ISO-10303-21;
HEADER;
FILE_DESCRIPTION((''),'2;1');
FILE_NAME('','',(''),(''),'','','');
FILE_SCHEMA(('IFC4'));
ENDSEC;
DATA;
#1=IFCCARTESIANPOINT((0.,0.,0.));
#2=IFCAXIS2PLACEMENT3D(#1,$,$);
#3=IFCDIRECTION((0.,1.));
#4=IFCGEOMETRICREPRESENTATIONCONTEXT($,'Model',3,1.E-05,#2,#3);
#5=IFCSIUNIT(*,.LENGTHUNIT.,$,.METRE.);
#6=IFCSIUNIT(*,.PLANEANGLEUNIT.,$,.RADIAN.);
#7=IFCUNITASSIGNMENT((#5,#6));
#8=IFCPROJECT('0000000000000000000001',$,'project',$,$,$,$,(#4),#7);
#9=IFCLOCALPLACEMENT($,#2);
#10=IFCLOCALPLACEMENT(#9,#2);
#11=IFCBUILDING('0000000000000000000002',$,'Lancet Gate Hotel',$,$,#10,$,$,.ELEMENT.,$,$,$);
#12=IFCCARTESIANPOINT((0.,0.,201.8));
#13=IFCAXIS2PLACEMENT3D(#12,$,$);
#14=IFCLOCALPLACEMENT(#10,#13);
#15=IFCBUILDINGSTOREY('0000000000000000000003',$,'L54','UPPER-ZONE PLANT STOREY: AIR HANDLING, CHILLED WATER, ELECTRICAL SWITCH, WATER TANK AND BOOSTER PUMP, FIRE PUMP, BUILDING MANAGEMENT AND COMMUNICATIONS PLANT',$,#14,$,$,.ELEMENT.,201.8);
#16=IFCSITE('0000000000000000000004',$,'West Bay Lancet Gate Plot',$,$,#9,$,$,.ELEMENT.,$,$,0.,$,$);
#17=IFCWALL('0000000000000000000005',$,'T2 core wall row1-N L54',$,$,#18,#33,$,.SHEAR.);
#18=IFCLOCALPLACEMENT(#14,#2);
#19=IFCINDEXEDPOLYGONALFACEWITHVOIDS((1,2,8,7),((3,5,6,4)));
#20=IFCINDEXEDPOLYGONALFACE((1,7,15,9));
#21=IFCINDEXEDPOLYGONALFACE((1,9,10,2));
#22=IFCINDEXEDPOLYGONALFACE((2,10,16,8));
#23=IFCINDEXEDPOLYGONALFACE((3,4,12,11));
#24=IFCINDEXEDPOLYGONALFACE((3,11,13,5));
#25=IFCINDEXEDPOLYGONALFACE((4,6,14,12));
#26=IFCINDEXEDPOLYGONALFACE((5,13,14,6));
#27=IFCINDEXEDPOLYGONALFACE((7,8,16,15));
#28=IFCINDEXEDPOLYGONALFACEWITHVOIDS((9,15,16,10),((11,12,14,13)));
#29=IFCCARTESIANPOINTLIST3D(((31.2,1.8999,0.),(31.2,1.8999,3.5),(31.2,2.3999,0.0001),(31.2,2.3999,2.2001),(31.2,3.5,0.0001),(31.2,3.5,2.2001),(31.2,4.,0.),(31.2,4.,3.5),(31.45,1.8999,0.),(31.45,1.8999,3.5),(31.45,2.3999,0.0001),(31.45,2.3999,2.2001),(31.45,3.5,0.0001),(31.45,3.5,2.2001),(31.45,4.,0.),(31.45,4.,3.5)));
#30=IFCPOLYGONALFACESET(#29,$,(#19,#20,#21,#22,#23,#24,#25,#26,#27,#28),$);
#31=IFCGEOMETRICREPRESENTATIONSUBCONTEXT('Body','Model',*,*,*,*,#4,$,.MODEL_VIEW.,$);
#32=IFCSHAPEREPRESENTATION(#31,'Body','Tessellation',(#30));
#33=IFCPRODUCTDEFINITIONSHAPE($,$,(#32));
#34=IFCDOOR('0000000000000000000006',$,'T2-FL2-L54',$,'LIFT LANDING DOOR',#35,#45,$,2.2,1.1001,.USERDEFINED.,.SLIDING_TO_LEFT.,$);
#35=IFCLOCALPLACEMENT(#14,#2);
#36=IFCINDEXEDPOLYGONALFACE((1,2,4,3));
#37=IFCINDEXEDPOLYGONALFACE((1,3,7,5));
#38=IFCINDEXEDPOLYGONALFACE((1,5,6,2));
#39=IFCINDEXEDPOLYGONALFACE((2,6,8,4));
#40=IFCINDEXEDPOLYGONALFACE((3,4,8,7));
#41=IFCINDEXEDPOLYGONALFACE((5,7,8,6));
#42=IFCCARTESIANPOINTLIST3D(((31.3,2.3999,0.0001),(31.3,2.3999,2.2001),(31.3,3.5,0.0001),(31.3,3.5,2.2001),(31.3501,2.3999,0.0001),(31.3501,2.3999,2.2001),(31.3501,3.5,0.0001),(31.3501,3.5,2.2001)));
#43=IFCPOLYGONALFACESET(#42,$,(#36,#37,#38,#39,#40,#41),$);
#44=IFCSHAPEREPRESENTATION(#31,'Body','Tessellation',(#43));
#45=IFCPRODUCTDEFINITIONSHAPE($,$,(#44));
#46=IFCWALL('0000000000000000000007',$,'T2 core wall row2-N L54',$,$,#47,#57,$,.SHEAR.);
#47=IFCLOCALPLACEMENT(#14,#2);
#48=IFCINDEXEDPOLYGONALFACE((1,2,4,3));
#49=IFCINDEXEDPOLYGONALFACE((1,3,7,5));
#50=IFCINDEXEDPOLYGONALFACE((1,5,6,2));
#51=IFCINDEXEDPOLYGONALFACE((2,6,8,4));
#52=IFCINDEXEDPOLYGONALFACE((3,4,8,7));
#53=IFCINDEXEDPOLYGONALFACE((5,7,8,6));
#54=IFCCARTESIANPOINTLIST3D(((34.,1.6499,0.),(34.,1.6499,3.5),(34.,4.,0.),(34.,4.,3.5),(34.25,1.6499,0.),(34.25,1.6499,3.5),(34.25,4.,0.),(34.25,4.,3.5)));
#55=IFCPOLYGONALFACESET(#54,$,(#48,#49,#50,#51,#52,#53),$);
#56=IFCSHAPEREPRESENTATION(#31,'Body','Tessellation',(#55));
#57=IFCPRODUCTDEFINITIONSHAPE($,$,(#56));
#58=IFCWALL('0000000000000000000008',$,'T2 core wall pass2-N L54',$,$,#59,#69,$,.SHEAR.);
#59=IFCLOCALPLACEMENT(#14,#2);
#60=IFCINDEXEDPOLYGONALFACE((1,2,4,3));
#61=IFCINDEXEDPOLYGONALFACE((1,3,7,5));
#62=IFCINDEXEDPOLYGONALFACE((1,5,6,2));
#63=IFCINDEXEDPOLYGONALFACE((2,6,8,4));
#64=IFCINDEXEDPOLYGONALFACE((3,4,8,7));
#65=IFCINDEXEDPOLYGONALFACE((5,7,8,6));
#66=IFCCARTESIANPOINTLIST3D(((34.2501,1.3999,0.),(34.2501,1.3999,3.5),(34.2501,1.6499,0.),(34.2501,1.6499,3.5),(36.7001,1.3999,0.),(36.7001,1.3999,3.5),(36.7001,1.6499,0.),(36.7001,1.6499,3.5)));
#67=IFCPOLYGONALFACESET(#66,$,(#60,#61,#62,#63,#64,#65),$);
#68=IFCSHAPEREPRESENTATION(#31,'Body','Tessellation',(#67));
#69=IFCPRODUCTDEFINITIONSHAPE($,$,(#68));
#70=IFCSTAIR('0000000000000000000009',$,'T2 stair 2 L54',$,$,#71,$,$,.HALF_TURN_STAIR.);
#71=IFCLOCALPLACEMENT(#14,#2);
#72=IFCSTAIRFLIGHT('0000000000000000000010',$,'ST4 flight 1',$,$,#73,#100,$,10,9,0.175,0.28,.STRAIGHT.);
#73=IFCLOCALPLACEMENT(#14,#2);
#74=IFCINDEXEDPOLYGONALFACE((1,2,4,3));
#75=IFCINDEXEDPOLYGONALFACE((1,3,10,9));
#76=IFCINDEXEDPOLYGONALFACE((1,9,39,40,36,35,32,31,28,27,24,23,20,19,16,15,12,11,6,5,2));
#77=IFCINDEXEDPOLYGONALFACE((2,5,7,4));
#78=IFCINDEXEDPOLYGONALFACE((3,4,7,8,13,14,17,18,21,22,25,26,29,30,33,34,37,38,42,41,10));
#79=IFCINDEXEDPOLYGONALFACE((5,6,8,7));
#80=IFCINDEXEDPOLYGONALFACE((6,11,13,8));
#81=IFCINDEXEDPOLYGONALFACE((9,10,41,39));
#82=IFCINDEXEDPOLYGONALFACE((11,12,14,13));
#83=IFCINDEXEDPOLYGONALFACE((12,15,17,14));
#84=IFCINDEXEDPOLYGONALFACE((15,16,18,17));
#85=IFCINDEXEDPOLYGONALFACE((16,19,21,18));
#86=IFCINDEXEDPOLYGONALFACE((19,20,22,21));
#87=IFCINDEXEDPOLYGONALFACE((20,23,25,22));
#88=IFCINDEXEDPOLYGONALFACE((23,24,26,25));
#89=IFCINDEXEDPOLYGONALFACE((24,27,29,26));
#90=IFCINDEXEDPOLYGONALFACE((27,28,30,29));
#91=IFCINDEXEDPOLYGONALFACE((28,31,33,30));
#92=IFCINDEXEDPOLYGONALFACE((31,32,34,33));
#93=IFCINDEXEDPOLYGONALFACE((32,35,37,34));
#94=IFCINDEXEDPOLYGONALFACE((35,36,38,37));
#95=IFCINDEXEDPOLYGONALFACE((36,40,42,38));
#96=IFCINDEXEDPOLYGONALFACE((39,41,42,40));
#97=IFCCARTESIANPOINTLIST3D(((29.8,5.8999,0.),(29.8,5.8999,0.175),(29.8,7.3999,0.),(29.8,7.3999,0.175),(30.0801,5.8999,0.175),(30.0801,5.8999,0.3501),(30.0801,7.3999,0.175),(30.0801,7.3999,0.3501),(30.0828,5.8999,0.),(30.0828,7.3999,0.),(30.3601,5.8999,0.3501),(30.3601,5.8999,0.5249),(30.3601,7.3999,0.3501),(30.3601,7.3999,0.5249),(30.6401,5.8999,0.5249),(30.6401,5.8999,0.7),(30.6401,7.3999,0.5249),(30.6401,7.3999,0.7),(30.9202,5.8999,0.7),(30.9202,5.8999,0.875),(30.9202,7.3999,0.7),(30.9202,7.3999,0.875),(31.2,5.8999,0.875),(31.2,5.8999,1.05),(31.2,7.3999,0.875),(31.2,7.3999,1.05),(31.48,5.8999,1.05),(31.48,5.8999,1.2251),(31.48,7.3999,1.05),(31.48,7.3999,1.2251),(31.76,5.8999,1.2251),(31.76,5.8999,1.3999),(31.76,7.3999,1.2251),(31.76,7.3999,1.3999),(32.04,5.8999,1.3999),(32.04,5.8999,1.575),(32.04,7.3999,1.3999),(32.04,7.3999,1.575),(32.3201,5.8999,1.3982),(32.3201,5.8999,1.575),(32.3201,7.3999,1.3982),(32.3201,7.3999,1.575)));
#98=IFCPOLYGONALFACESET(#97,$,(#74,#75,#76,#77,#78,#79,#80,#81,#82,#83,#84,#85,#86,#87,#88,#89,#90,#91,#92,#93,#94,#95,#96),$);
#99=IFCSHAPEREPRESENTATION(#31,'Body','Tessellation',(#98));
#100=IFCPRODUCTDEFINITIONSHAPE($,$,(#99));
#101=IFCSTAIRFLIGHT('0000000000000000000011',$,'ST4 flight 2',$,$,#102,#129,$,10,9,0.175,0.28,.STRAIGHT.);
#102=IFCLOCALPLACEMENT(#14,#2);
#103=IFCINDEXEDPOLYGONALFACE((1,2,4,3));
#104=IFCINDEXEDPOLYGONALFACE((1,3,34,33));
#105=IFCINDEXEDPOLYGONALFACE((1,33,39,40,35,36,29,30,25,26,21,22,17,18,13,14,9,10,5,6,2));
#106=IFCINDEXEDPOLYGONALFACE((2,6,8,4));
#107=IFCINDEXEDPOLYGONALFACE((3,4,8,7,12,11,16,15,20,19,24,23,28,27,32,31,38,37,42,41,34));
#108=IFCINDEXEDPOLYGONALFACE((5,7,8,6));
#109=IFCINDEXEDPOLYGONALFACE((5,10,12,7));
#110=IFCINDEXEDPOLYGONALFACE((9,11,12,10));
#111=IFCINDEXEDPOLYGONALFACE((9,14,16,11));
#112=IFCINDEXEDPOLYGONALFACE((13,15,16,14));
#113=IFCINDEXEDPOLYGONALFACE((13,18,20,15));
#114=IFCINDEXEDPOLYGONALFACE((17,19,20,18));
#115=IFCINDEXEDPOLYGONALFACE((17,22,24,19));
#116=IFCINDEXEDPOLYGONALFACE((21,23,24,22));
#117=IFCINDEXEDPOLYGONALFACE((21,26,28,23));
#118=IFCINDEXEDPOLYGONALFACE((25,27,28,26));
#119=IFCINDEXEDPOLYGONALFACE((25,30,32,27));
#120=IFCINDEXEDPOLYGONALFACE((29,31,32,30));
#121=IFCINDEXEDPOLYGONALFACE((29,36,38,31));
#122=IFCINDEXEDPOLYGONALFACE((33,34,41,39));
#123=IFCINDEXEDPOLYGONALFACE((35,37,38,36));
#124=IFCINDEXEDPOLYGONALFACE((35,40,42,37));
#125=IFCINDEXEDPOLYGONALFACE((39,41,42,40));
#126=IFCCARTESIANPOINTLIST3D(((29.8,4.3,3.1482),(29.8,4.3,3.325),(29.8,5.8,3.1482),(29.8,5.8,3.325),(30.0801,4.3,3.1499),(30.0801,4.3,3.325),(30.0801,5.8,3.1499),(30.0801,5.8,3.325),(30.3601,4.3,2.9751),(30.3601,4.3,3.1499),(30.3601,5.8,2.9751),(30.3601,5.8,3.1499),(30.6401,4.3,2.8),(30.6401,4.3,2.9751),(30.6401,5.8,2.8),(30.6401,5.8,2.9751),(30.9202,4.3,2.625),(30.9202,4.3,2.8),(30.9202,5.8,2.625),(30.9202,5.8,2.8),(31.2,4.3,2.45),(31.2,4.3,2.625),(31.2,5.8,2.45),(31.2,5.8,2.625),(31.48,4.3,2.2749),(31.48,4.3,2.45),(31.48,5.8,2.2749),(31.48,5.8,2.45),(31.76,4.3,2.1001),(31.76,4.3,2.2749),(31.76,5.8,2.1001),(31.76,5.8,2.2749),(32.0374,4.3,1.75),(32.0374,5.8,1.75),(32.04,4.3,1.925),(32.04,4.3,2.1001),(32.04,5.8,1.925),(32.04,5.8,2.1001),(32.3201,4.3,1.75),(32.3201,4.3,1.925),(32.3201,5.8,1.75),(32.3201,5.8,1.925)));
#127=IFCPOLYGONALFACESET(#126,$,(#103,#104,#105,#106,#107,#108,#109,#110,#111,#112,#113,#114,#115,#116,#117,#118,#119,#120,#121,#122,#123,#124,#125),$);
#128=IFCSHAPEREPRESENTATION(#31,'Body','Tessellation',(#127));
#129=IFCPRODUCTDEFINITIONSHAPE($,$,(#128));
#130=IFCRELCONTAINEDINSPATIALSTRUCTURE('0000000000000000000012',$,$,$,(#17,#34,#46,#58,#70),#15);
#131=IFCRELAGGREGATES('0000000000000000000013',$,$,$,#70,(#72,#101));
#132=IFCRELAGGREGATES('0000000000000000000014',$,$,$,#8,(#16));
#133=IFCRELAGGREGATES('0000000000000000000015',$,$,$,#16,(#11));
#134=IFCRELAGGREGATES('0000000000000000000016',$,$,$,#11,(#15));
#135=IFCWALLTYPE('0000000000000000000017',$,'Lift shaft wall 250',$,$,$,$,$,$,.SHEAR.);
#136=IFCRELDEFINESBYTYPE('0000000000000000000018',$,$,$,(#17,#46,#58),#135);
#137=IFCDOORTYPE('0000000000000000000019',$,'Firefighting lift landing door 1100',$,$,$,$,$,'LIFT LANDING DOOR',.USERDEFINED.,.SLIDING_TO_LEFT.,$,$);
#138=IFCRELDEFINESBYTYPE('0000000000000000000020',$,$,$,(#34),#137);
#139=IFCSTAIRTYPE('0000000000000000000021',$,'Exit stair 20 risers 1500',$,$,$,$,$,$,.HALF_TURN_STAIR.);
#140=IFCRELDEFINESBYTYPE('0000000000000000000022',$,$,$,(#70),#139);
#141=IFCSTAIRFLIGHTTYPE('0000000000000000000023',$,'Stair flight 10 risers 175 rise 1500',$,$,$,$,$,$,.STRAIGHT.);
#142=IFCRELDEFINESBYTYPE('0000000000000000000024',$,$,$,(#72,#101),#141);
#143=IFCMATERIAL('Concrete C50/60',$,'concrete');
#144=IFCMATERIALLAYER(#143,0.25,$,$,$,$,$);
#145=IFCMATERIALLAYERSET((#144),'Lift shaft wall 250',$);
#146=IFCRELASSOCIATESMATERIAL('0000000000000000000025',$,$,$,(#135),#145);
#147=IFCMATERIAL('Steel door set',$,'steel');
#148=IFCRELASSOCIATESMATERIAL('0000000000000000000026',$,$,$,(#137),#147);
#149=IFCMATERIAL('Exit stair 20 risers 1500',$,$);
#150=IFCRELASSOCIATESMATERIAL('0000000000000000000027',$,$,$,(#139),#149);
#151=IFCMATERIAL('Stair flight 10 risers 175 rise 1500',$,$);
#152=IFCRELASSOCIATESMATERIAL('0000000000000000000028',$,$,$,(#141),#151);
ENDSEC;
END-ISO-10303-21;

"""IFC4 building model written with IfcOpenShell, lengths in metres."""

from ifc_helpers import new_model, si_unit, direction, frame, frame_2d, origin, place, context, subcontext, project, spatial, polyline, rectangle, outline, extrude, material, layer, layer_set, type_object, element, fill, aggregate, save


model = new_model("IFC4")

# Units and contexts
model_context = context("Model", 3, precision=1e-05, world=origin(), true_north=direction((0.0, 1.0)))
body_context = subcontext(model_context, "Body", "Model", "MODEL_VIEW")
ifc_project = project(units=[si_unit("LENGTHUNIT", "METRE"), si_unit("PLANEANGLEUNIT", "RADIAN")], contexts=[model_context])

# Site, building, storey
site_placement = place(None, origin())
site = spatial("IfcSite", under=ifc_project, at=site_placement, Name="West Bay Lancet Gate Plot", CompositionType="ELEMENT", RefElevation=0.0)
building_placement = place(site_placement, origin())
building = spatial("IfcBuilding", under=site, at=building_placement, Name="Lancet Gate Hotel", CompositionType="ELEMENT")
storey_placement = place(building_placement, frame((0.0, 0.0, 201.8)))
storey = spatial("IfcBuildingStorey", under=building, at=storey_placement, Name="L54", Description="UPPER-ZONE PLANT STOREY: AIR HANDLING, CHILLED WATER, ELECTRICAL SWITCH, WATER TANK AND BOOSTER PUMP, FIRE PUMP, BUILDING MANAGEMENT AND COMMUNICATIONS PLANT", CompositionType="ELEMENT", Elevation=201.8)

# Wall, opening, door
ifc_material_1 = material(Name="Concrete C50/60", Category="concrete")
ifc_layer_1 = layer(ifc_material_1, 0.25)
ifc_layer_set_1 = layer_set([ifc_layer_1], Name="Lift shaft wall 250")
wall_type = type_object("IfcWallType", Name="Lift shaft wall 250", PredefinedType="SHEAR", material=ifc_layer_set_1)
wall_1_placement = place(storey_placement, frame((31.325, 1.8999, 0.0), z_axis=(0.0, 0.0, 1.0), x_axis=(0.0, 1.0, 0.0)))
wall_1 = element("IfcWall", 1, at=wall_1_placement, inside=storey, type_object=wall_type, Name="T2 core wall row1-N L54", PredefinedType="SHEAR", context=body_context, shape_type="SweptSolid", body=[
    extrude(rectangle(XDim=2.1001, YDim=0.25, at=frame_2d((1.05, 0.0))), origin(), (0.0, 0.0, 1.0), 3.5),
])
opening_placement = place(wall_1_placement, frame((0.5, 0.0, 0.0)))
opening = element("IfcOpeningElement", 2, at=opening_placement, cuts=wall_1, PredefinedType="OPENING", context=body_context, shape_type="SweptSolid", body=[
    extrude(rectangle(XDim=1.1001, YDim=2.2, at=frame_2d((0.55, 1.1001))), frame((0.0, 0.135, 0.0), z_axis=(0.0, -1.0, 0.0), x_axis=(1.0, 0.0, 0.0)), (0.0, 0.0, 1.0), 0.27),
])
ifc_material_2 = material(Name="Steel door set", Category="steel")
door_type = type_object("IfcDoorType", Name="Firefighting lift landing door 1100", ElementType="LIFT LANDING DOOR", OperationType="SLIDING_TO_LEFT", PredefinedType="USERDEFINED", material=ifc_material_2)
door_placement = place(opening_placement, origin())
door = element("IfcDoor", 3, at=door_placement, inside=storey, type_object=door_type, Name="T2-FL2-L54", ObjectType="LIFT LANDING DOOR", OperationType="SLIDING_TO_LEFT", OverallHeight=2.2, OverallWidth=1.1001, PredefinedType="USERDEFINED", context=body_context, shape_type="SweptSolid", body=[
    extrude(rectangle(XDim=1.1001, YDim=2.2, at=frame_2d((0.55, 1.1001))), frame((0.0, 0.0249, 0.0), z_axis=(0.0, -1.0, 0.0), x_axis=(1.0, 0.0, 0.0)), (0.0, 0.0, 1.0), 0.05),
])
fill(opening, door)

# Walls
wall_2_placement = place(storey_placement, frame((34.125, 1.6499, 0.0), z_axis=(0.0, 0.0, 1.0), x_axis=(0.0, 1.0, 0.0)))
element("IfcWall", 4, at=wall_2_placement, inside=storey, type_object=wall_type, Name="T2 core wall row2-N L54", PredefinedType="SHEAR", context=body_context, shape_type="SweptSolid", body=[
    extrude(rectangle(XDim=2.3501, YDim=0.25, at=frame_2d((1.175, 0.0))), origin(), (0.0, 0.0, 1.0), 3.5),
])
wall_3_placement = place(storey_placement, frame((34.25, 1.5249, 0.0), z_axis=(0.0, 0.0, 1.0), x_axis=(1.0, 0.0, 0.0)))
element("IfcWall", 5, at=wall_3_placement, inside=storey, type_object=wall_type, Name="T2 core wall pass2-N L54", PredefinedType="SHEAR", context=body_context, shape_type="SweptSolid", body=[
    extrude(rectangle(XDim=2.45, YDim=0.25, at=frame_2d((1.2251, 0.0))), origin(), (0.0, 0.0, 1.0), 3.5),
])

# Stair, stair flights
ifc_material_3 = material(Name="Exit stair 20 risers 1500")
stair_type = type_object("IfcStairType", Name="Exit stair 20 risers 1500", PredefinedType="HALF_TURN_STAIR", material=ifc_material_3)
stair_placement = place(storey_placement, origin())
stair = element("IfcStair", 6, at=stair_placement, inside=storey, type_object=stair_type, Name="T2 stair 2 L54", PredefinedType="HALF_TURN_STAIR")
ifc_material_4 = material(Name="Stair flight 10 risers 175 rise 1500")
stair_flight_type = type_object("IfcStairFlightType", Name="Stair flight 10 risers 175 rise 1500", PredefinedType="STRAIGHT", material=ifc_material_4)
stair_flight_1_placement = place(storey_placement, frame((29.8, 6.6499, 0.0), z_axis=(0.0, 0.0, 1.0), x_axis=(1.0, 0.0, 0.0)))
stair_flight_1 = element("IfcStairFlight", 7, at=stair_flight_1_placement, type_object=stair_flight_type, Name="ST4 flight 1", NumberOfRisers=10, NumberOfTreads=9, PredefinedType="STRAIGHT", RiserHeight=0.175, TreadLength=0.28, context=body_context, shape_type="SweptSolid", body=[
    extrude(outline(polyline([(0.0, 0.0), (0.0, 0.175), (0.28, 0.175), (0.28, 0.3501), (0.5601, 0.3501), (0.5601, 0.5249), (0.8401, 0.5249), (0.8401, 0.7), (1.1201, 0.7), (1.1201, 0.875), (1.3999, 0.875), (1.3999, 1.05), (1.6799, 1.05), (1.6799, 1.2251), (1.96, 1.2251), (1.96, 1.3999), (2.24, 1.3999), (2.24, 1.575), (2.52, 1.575), (2.52, 1.75), (2.52, 1.3982), (0.2827, 0.0), (0.0, 0.0)])), frame((0.0, 0.75, 0.0), z_axis=(0.0, -1.0, 0.0), x_axis=(1.0, 0.0, 0.0)), (0.0, 0.0, 1.0), 1.5),
])
stair_flight_2_placement = place(storey_placement, frame((32.3201, 5.05, 1.75), z_axis=(0.0, 0.0, 1.0), x_axis=(-1.0, 0.0, 0.0)))
stair_flight_2 = element("IfcStairFlight", 8, at=stair_flight_2_placement, type_object=stair_flight_type, Name="ST4 flight 2", NumberOfRisers=10, NumberOfTreads=9, PredefinedType="STRAIGHT", RiserHeight=0.175, TreadLength=0.28, context=body_context, shape_type="SweptSolid", body=[
    extrude(outline(polyline([(0.0, 0.0), (0.0, 0.175), (0.28, 0.175), (0.28, 0.3501), (0.5601, 0.3501), (0.5601, 0.5249), (0.8401, 0.5249), (0.8401, 0.7), (1.1201, 0.7), (1.1201, 0.875), (1.3999, 0.875), (1.3999, 1.05), (1.6799, 1.05), (1.6799, 1.2251), (1.96, 1.2251), (1.96, 1.3999), (2.24, 1.3999), (2.24, 1.575), (2.52, 1.575), (2.52, 1.75), (2.52, 1.3982), (0.2827, 0.0), (0.0, 0.0)])), frame((0.0, 0.75, 0.0), z_axis=(0.0, -1.0, 0.0), x_axis=(1.0, 0.0, 0.0)), (0.0, 0.0, 1.0), 1.5),
])
aggregate(stair, [stair_flight_1, stair_flight_2])

save(model, "model.ifc")
